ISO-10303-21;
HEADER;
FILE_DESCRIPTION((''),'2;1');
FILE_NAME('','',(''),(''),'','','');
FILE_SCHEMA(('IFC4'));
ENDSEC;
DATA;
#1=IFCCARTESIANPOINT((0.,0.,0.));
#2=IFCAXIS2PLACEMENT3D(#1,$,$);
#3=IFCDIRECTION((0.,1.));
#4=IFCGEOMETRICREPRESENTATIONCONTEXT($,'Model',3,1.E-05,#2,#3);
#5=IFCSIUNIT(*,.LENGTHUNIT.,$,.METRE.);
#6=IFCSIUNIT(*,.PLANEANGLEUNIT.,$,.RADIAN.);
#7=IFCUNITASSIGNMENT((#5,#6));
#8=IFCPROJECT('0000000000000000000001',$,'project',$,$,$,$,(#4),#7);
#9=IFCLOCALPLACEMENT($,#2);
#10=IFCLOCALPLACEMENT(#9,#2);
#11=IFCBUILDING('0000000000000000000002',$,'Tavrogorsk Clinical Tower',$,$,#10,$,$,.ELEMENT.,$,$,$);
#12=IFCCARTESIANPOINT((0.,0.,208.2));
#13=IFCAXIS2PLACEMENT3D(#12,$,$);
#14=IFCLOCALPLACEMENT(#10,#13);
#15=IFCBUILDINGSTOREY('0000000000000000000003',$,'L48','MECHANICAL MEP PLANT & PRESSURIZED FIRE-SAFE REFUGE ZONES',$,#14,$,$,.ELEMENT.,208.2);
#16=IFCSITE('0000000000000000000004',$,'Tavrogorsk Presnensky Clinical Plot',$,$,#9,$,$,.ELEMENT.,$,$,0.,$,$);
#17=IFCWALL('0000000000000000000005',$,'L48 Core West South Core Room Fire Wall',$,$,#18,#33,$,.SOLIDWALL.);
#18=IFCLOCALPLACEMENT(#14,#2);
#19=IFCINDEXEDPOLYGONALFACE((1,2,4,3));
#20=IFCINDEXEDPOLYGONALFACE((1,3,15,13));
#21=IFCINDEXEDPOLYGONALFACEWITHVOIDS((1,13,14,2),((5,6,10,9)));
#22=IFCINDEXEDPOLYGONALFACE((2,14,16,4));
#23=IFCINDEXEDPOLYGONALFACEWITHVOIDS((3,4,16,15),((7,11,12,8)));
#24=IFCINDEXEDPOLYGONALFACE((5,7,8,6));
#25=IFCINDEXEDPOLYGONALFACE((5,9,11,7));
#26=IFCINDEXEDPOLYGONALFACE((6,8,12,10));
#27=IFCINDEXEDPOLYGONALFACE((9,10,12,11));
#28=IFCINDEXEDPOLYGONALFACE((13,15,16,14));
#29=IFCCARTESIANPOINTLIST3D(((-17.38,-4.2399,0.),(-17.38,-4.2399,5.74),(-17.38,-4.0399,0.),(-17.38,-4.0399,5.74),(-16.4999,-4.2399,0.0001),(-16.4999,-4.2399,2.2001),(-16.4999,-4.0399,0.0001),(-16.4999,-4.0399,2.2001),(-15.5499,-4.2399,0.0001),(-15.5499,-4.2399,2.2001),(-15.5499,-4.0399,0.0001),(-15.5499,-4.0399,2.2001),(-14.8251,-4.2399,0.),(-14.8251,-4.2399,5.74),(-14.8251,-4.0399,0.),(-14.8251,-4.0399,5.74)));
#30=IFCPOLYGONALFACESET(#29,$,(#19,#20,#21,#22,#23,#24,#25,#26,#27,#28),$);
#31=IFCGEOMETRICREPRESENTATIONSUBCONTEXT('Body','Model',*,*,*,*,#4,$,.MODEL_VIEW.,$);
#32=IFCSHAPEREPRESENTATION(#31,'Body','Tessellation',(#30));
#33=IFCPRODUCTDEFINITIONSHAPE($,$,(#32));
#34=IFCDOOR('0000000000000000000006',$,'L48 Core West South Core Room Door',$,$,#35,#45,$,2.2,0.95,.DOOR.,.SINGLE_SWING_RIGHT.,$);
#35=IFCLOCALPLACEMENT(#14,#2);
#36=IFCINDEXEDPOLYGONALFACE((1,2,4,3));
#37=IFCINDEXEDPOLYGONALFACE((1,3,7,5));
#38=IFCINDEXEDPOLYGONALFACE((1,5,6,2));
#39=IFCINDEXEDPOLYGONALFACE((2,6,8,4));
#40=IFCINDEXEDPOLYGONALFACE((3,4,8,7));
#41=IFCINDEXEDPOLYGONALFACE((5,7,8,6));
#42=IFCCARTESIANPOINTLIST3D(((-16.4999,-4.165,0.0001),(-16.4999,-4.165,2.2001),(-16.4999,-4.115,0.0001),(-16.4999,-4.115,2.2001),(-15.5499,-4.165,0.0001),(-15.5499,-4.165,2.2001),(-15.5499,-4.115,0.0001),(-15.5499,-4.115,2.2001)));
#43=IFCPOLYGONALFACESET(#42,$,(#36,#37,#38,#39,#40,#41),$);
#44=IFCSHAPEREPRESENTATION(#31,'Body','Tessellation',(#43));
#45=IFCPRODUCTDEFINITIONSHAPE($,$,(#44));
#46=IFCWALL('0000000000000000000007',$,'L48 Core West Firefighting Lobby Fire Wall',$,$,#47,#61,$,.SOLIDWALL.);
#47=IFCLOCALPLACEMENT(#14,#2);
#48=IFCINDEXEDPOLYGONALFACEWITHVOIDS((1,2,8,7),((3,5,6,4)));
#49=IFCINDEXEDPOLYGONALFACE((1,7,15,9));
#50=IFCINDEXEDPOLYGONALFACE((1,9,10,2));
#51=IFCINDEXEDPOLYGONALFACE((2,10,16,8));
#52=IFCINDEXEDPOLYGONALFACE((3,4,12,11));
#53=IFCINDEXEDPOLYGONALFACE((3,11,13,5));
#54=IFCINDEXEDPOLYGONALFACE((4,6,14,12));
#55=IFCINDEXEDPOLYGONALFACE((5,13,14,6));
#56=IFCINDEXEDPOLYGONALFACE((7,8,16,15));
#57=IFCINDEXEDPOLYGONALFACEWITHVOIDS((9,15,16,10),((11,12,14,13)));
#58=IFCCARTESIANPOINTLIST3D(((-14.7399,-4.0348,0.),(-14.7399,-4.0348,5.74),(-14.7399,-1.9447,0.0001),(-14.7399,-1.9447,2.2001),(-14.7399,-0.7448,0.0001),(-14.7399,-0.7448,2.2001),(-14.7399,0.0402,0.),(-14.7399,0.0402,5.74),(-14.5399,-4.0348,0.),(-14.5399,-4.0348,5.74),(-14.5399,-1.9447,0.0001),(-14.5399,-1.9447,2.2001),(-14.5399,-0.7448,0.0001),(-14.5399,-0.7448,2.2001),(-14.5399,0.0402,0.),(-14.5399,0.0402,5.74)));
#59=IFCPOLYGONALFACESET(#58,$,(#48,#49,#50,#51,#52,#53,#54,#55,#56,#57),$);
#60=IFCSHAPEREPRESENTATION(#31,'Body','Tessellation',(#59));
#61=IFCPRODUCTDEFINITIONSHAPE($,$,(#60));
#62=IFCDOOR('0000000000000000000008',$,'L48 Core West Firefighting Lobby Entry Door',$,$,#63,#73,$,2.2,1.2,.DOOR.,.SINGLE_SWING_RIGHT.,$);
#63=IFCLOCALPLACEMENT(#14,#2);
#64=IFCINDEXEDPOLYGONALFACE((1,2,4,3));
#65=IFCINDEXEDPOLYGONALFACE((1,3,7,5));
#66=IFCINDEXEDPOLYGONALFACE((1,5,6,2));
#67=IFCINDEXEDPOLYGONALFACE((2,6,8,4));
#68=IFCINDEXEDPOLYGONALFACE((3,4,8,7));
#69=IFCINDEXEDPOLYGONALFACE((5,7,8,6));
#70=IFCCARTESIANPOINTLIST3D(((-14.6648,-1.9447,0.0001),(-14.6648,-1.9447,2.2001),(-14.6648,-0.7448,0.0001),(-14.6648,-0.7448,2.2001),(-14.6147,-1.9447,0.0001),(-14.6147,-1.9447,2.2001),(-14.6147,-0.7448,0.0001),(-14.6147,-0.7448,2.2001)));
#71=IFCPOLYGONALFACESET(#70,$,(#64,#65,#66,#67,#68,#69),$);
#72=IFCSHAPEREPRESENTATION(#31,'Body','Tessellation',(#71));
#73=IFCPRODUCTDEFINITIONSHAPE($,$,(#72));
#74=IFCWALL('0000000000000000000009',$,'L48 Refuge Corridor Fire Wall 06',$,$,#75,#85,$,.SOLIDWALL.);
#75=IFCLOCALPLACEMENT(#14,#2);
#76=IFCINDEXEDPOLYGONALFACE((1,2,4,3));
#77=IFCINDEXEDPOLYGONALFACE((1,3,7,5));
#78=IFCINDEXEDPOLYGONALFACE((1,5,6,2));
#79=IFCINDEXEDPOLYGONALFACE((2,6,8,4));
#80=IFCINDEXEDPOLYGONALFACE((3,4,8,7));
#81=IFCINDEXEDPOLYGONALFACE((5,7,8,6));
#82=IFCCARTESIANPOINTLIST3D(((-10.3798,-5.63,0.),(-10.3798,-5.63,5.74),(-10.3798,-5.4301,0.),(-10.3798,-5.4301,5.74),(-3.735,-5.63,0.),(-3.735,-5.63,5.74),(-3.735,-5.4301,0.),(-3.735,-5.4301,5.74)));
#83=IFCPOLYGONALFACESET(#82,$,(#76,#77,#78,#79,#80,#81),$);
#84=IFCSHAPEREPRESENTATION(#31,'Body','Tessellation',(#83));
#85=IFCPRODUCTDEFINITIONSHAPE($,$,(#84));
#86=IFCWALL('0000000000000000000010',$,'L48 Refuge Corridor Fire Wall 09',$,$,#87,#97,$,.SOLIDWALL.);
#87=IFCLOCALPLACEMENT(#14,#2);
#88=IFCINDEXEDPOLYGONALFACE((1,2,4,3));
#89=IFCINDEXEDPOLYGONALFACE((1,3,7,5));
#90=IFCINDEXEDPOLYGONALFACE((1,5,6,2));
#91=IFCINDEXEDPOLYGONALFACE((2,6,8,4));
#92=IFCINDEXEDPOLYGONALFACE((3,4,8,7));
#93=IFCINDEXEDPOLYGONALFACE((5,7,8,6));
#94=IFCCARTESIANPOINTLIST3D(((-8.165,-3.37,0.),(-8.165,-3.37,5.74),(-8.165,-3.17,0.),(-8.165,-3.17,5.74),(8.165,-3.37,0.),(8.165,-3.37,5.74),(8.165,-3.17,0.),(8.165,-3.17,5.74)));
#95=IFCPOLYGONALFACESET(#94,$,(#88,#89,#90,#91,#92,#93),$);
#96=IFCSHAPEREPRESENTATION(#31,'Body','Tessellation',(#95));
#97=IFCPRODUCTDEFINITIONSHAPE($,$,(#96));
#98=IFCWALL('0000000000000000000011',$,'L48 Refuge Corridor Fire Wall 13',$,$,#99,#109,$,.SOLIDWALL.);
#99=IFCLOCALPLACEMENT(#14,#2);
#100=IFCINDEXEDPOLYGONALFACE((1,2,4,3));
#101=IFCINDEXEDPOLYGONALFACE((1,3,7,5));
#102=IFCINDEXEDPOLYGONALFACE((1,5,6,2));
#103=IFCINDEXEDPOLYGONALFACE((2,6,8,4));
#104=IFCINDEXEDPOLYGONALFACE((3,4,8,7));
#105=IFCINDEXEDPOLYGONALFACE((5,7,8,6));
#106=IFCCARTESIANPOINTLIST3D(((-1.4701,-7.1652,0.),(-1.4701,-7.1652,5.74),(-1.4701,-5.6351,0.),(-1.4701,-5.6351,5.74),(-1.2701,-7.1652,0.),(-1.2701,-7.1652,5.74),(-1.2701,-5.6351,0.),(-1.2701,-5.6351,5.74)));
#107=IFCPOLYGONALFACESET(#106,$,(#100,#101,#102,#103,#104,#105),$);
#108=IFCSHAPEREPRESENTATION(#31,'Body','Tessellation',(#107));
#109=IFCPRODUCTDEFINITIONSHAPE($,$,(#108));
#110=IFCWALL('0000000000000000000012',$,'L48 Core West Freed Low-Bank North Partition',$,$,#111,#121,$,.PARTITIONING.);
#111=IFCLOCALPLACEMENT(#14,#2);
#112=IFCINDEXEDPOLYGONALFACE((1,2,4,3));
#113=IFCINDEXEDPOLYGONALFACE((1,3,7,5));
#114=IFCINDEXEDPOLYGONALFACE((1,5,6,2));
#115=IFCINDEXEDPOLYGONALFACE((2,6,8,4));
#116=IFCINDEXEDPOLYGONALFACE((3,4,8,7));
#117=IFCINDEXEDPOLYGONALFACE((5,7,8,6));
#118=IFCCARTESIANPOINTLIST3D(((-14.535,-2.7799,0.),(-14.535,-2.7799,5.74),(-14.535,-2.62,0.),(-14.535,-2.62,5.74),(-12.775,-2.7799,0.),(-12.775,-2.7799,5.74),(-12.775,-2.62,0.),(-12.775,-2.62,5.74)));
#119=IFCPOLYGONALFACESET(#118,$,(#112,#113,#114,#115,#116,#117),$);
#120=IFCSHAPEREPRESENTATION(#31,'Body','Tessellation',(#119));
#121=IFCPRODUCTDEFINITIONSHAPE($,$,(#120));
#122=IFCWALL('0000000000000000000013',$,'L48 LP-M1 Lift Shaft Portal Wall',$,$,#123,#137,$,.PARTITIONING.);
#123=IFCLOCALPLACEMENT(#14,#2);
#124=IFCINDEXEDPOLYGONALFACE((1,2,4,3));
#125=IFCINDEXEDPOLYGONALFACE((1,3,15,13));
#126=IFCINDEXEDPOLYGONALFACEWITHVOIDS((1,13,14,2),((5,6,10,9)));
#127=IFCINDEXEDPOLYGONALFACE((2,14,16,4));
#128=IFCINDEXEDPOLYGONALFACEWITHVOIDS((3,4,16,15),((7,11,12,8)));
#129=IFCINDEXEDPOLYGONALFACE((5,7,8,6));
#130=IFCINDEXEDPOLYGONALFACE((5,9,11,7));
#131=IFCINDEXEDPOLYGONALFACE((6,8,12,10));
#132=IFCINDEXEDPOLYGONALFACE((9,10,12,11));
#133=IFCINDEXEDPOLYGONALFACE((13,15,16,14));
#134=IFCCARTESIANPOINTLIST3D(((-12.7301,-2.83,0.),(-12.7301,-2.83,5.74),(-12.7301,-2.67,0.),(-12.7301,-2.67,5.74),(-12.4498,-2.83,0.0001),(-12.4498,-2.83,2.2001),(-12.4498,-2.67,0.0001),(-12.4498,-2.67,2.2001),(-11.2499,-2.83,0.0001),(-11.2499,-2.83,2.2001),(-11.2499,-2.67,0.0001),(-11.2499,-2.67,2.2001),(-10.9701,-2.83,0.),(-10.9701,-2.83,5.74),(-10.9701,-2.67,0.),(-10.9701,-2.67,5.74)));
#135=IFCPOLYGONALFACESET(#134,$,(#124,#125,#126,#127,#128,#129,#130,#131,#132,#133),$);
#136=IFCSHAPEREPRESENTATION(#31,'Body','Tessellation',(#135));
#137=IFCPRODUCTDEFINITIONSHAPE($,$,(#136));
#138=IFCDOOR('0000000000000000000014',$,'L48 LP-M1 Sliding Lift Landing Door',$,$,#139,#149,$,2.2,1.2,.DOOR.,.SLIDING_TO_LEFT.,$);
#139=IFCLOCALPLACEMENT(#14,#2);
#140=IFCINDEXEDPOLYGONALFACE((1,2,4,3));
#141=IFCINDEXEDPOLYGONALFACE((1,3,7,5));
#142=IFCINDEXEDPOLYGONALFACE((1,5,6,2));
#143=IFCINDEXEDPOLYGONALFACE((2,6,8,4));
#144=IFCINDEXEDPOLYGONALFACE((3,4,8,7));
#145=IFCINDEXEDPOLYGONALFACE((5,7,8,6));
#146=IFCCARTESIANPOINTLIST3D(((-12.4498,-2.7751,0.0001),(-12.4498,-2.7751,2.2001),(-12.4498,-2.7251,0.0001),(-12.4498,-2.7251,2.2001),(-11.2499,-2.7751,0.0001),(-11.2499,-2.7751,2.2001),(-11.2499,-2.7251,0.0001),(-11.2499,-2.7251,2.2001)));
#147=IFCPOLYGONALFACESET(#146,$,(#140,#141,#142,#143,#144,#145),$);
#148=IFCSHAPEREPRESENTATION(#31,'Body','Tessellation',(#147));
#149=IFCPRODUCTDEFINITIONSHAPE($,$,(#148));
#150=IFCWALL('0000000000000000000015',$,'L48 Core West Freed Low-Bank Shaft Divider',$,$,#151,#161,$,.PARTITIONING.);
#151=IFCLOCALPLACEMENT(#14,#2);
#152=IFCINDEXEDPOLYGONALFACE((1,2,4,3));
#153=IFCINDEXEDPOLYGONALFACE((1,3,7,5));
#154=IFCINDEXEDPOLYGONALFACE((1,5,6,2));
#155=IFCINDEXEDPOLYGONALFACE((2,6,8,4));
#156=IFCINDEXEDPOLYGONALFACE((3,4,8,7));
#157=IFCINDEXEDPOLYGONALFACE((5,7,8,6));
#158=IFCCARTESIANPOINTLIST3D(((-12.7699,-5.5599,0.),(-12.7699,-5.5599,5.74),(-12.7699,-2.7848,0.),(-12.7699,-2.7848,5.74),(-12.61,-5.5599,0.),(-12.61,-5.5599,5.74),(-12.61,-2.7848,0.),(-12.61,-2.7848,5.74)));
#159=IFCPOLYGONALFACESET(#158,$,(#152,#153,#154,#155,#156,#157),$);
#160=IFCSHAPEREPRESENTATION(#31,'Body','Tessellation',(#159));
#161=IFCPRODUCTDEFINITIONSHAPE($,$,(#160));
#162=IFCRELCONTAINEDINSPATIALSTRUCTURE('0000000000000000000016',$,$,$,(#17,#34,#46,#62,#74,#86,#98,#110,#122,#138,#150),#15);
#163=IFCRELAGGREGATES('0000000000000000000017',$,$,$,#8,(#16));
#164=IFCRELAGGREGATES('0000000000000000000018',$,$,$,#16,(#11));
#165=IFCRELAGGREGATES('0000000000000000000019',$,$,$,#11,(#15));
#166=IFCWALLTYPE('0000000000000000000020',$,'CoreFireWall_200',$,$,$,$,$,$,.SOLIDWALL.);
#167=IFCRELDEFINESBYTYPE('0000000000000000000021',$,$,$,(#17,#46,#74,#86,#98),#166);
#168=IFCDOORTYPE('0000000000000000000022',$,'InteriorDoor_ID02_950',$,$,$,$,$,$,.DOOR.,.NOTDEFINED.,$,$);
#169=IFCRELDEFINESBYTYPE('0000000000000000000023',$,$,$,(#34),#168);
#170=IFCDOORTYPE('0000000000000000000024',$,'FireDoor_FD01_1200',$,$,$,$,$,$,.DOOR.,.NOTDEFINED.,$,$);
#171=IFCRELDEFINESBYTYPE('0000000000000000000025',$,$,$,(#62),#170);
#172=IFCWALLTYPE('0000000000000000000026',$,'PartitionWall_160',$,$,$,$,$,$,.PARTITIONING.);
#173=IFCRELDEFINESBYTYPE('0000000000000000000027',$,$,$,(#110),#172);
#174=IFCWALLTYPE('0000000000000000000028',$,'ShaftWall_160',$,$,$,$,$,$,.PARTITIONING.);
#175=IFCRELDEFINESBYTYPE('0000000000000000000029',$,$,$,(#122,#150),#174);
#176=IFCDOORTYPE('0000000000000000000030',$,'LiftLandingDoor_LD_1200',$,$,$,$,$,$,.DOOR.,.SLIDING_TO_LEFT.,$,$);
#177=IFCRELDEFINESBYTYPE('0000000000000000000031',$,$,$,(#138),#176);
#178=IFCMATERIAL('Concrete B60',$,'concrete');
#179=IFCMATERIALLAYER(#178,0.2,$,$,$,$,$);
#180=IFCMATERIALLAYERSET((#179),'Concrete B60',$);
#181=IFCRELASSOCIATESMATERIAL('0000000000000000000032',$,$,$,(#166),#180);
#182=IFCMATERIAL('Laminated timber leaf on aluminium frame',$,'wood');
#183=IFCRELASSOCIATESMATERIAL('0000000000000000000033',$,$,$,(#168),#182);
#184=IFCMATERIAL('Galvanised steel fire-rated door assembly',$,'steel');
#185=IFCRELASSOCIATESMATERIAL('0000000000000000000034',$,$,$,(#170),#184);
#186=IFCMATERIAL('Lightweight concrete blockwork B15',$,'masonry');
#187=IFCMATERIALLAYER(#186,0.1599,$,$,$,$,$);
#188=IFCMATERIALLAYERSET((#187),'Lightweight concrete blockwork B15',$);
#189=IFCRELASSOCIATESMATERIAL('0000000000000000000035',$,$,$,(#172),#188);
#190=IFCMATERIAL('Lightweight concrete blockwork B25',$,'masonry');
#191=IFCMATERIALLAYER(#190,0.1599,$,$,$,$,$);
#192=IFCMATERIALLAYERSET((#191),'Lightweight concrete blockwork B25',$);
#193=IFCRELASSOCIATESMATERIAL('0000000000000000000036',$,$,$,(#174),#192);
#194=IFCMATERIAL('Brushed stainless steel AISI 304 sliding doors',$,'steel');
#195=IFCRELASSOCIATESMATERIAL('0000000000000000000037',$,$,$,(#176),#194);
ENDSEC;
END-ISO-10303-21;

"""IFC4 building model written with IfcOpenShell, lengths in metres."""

from ifc_helpers import new_model, si_unit, direction, frame, frame_2d, origin, place, context, subcontext, project, spatial, rectangle, extrude, material, layer, layer_set, type_object, element, fill, save


model = new_model("IFC4")

# Units and contexts
model_context = context("Model", 3, precision=1e-05, world=origin(), true_north=direction((0.0, 1.0)))
body_context = subcontext(model_context, "Body", "Model", "MODEL_VIEW")
ifc_project = project(units=[si_unit("LENGTHUNIT", "METRE"), si_unit("PLANEANGLEUNIT", "RADIAN")], contexts=[model_context])

# Site, building, storey
site_placement = place(None, origin())
site = spatial("IfcSite", under=ifc_project, at=site_placement, Name="Tavrogorsk Presnensky Clinical Plot", CompositionType="ELEMENT", RefElevation=0.0)
building_placement = place(site_placement, origin())
building = spatial("IfcBuilding", under=site, at=building_placement, Name="Tavrogorsk Clinical Tower", CompositionType="ELEMENT")
storey_placement = place(building_placement, frame((0.0, 0.0, 208.2)))
storey = spatial("IfcBuildingStorey", under=building, at=storey_placement, Name="L48", Description="MECHANICAL MEP PLANT & PRESSURIZED FIRE-SAFE REFUGE ZONES", CompositionType="ELEMENT", Elevation=208.2)

# Walls, openings, doors
ifc_material_1 = material(Name="Concrete B60", Category="concrete")
ifc_layer_1 = layer(ifc_material_1, 0.2)
ifc_layer_set_1 = layer_set([ifc_layer_1], Name="Concrete B60")
wall_type_1 = type_object("IfcWallType", Name="CoreFireWall_200", PredefinedType="SOLIDWALL", material=ifc_layer_set_1)
wall_1_placement = place(storey_placement, frame((-17.3799, -4.1399, 0.0), z_axis=(0.0, 0.0, 1.0), x_axis=(1.0, 0.0, 0.0)))
wall_1 = element("IfcWall", 1, at=wall_1_placement, inside=storey, type_object=wall_type_1, Name="L48 Core West South Core Room Fire Wall", PredefinedType="SOLIDWALL", context=body_context, shape_type="SweptSolid", body=[
    extrude(rectangle(XDim=2.5549, YDim=0.2, at=frame_2d((1.2773, 0.0))), origin(), (0.0, 0.0, 1.0), 5.74),
])
opening_1_placement = place(wall_1_placement, frame((0.8799, 0.0, 0.0)))
opening_1 = element("IfcOpeningElement", 2, at=opening_1_placement, cuts=wall_1, PredefinedType="OPENING", context=body_context, shape_type="SweptSolid", body=[
    extrude(rectangle(XDim=0.95, YDim=2.2, at=frame_2d((0.4751, 1.1001))), frame((0.0, 0.1099, 0.0), z_axis=(0.0, -1.0, 0.0), x_axis=(1.0, 0.0, 0.0)), (0.0, 0.0, 1.0), 0.22),
])
ifc_material_2 = material(Name="Laminated timber leaf on aluminium frame", Category="wood")
door_type_1 = type_object("IfcDoorType", Name="InteriorDoor_ID02_950", OperationType="NOTDEFINED", PredefinedType="DOOR", material=ifc_material_2)
door_1_placement = place(opening_1_placement, origin())
door_1 = element("IfcDoor", 3, at=door_1_placement, inside=storey, type_object=door_type_1, Name="L48 Core West South Core Room Door", OperationType="SINGLE_SWING_RIGHT", OverallHeight=2.2, OverallWidth=0.95, PredefinedType="DOOR", context=body_context, shape_type="SweptSolid", body=[
    extrude(rectangle(XDim=0.95, YDim=2.2, at=frame_2d((0.4751, 1.1001))), frame((0.0, 0.0249, 0.0), z_axis=(0.0, -1.0, 0.0), x_axis=(1.0, 0.0, 0.0)), (0.0, 0.0, 1.0), 0.05),
])
fill(opening_1, door_1)
wall_2_placement = place(storey_placement, frame((-14.6399, -4.0349, 0.0), z_axis=(0.0, 0.0, 1.0), x_axis=(0.0, 1.0, 0.0)))
wall_2 = element("IfcWall", 4, at=wall_2_placement, inside=storey, type_object=wall_type_1, Name="L48 Core West Firefighting Lobby Fire Wall", PredefinedType="SOLIDWALL", context=body_context, shape_type="SweptSolid", body=[
    extrude(rectangle(XDim=4.075, YDim=0.2, at=frame_2d((2.0376, 0.0))), origin(), (0.0, 0.0, 1.0), 5.74),
])
opening_2_placement = place(wall_2_placement, frame((2.0901, 0.0, 0.0)))
opening_2 = element("IfcOpeningElement", 5, at=opening_2_placement, cuts=wall_2, PredefinedType="OPENING", context=body_context, shape_type="SweptSolid", body=[
    extrude(rectangle(XDim=1.2, YDim=2.2, at=frame_2d((0.6001, 1.1001))), frame((0.0, 0.1099, 0.0), z_axis=(0.0, -1.0, 0.0), x_axis=(1.0, 0.0, 0.0)), (0.0, 0.0, 1.0), 0.22),
])
ifc_material_3 = material(Name="Galvanised steel fire-rated door assembly", Category="steel")
door_type_2 = type_object("IfcDoorType", Name="FireDoor_FD01_1200", OperationType="NOTDEFINED", PredefinedType="DOOR", material=ifc_material_3)
door_2_placement = place(opening_2_placement, origin())
door_2 = element("IfcDoor", 6, at=door_2_placement, inside=storey, type_object=door_type_2, Name="L48 Core West Firefighting Lobby Entry Door", OperationType="SINGLE_SWING_RIGHT", OverallHeight=2.2, OverallWidth=1.2, PredefinedType="DOOR", context=body_context, shape_type="SweptSolid", body=[
    extrude(rectangle(XDim=1.2, YDim=2.2, at=frame_2d((0.6001, 1.1001))), frame((0.0, 0.0249, 0.0), z_axis=(0.0, -1.0, 0.0), x_axis=(1.0, 0.0, 0.0)), (0.0, 0.0, 1.0), 0.05),
])
fill(opening_2, door_2)

# Walls
wall_3_placement = place(storey_placement, frame((-3.7351, -5.53, 0.0), z_axis=(0.0, 0.0, 1.0), x_axis=(-1.0, 0.0, 0.0)))
element("IfcWall", 7, at=wall_3_placement, inside=storey, type_object=wall_type_1, Name="L48 Refuge Corridor Fire Wall 06", PredefinedType="SOLIDWALL", context=body_context, shape_type="SweptSolid", body=[
    extrude(rectangle(XDim=6.6448, YDim=0.2, at=frame_2d((3.3223, 0.0))), origin(), (0.0, 0.0, 1.0), 5.74),
])
wall_4_placement = place(storey_placement, frame((-8.165, -3.27, 0.0), z_axis=(0.0, 0.0, 1.0), x_axis=(1.0, 0.0, 0.0)))
element("IfcWall", 8, at=wall_4_placement, inside=storey, type_object=wall_type_1, Name="L48 Refuge Corridor Fire Wall 09", PredefinedType="SOLIDWALL", context=body_context, shape_type="SweptSolid", body=[
    extrude(rectangle(XDim=16.3301, YDim=0.2, at=frame_2d((8.165, 0.0))), origin(), (0.0, 0.0, 1.0), 5.74),
])
wall_5_placement = place(storey_placement, frame((-1.3701, -5.635, 0.0), z_axis=(0.0, 0.0, 1.0), x_axis=(0.0, -1.0, 0.0)))
element("IfcWall", 9, at=wall_5_placement, inside=storey, type_object=wall_type_1, Name="L48 Refuge Corridor Fire Wall 13", PredefinedType="SOLIDWALL", context=body_context, shape_type="SweptSolid", body=[
    extrude(rectangle(XDim=1.53, YDim=0.2, at=frame_2d((0.7651, 0.0))), origin(), (0.0, 0.0, 1.0), 5.74),
])
ifc_material_4 = material(Name="Lightweight concrete blockwork B15", Category="masonry")
ifc_layer_2 = layer(ifc_material_4, 0.1599)
ifc_layer_set_2 = layer_set([ifc_layer_2], Name="Lightweight concrete blockwork B15")
wall_type_2 = type_object("IfcWallType", Name="PartitionWall_160", PredefinedType="PARTITIONING", material=ifc_layer_set_2)
wall_6_placement = place(storey_placement, frame((-14.5349, -2.7, 0.0), z_axis=(0.0, 0.0, 1.0), x_axis=(1.0, 0.0, 0.0)))
element("IfcWall", 10, at=wall_6_placement, inside=storey, type_object=wall_type_2, Name="L48 Core West Freed Low-Bank North Partition", PredefinedType="PARTITIONING", context=body_context, shape_type="SweptSolid", body=[
    extrude(rectangle(XDim=1.76, YDim=0.1599, at=frame_2d((0.8799, 0.0))), origin(), (0.0, 0.0, 1.0), 5.74),
])

# Wall, opening, door
ifc_material_5 = material(Name="Lightweight concrete blockwork B25", Category="masonry")
ifc_layer_3 = layer(ifc_material_5, 0.1599)
ifc_layer_set_3 = layer_set([ifc_layer_3], Name="Lightweight concrete blockwork B25")
wall_type_3 = type_object("IfcWallType", Name="ShaftWall_160", PredefinedType="PARTITIONING", material=ifc_layer_set_3)
wall_7_placement = place(storey_placement, frame((-12.73, -2.75, 0.0), z_axis=(0.0, 0.0, 1.0), x_axis=(1.0, 0.0, 0.0)))
wall_7 = element("IfcWall", 11, at=wall_7_placement, inside=storey, type_object=wall_type_3, Name="L48 LP-M1 Lift Shaft Portal Wall", PredefinedType="PARTITIONING", context=body_context, shape_type="SweptSolid", body=[
    extrude(rectangle(XDim=1.76, YDim=0.1599, at=frame_2d((0.8799, 0.0))), origin(), (0.0, 0.0, 1.0), 5.74),
])
opening_3_placement = place(wall_7_placement, frame((0.28, 0.0, 0.0)))
opening_3 = element("IfcOpeningElement", 12, at=opening_3_placement, cuts=wall_7, PredefinedType="OPENING", context=body_context, shape_type="SweptSolid", body=[
    extrude(rectangle(XDim=1.2, YDim=2.2, at=frame_2d((0.6001, 1.1001))), frame((0.0, 0.0898, 0.0), z_axis=(0.0, -1.0, 0.0), x_axis=(1.0, 0.0, 0.0)), (0.0, 0.0, 1.0), 0.1799),
])
ifc_material_6 = material(Name="Brushed stainless steel AISI 304 sliding doors", Category="steel")
door_type_3 = type_object("IfcDoorType", Name="LiftLandingDoor_LD_1200", OperationType="SLIDING_TO_LEFT", PredefinedType="DOOR", material=ifc_material_6)
door_3_placement = place(opening_3_placement, origin())
door_3 = element("IfcDoor", 13, at=door_3_placement, inside=storey, type_object=door_type_3, Name="L48 LP-M1 Sliding Lift Landing Door", OperationType="SLIDING_TO_LEFT", OverallHeight=2.2, OverallWidth=1.2, PredefinedType="DOOR", context=body_context, shape_type="SweptSolid", body=[
    extrude(rectangle(XDim=1.2, YDim=2.2, at=frame_2d((0.6001, 1.1001))), frame((0.0, 0.0249, 0.0), z_axis=(0.0, -1.0, 0.0), x_axis=(1.0, 0.0, 0.0)), (0.0, 0.0, 1.0), 0.05),
])
fill(opening_3, door_3)

# Wall
wall_8_placement = place(storey_placement, frame((-12.6899, -5.5601, 0.0), z_axis=(0.0, 0.0, 1.0), x_axis=(0.0, 1.0, 0.0)))
element("IfcWall", 14, at=wall_8_placement, inside=storey, type_object=wall_type_3, Name="L48 Core West Freed Low-Bank Shaft Divider", PredefinedType="PARTITIONING", context=body_context, shape_type="SweptSolid", body=[
    extrude(rectangle(XDim=2.7751, YDim=0.1599, at=frame_2d((1.3877, 0.0))), origin(), (0.0, 0.0, 1.0), 5.74),
])

save(model, "model.ifc")
